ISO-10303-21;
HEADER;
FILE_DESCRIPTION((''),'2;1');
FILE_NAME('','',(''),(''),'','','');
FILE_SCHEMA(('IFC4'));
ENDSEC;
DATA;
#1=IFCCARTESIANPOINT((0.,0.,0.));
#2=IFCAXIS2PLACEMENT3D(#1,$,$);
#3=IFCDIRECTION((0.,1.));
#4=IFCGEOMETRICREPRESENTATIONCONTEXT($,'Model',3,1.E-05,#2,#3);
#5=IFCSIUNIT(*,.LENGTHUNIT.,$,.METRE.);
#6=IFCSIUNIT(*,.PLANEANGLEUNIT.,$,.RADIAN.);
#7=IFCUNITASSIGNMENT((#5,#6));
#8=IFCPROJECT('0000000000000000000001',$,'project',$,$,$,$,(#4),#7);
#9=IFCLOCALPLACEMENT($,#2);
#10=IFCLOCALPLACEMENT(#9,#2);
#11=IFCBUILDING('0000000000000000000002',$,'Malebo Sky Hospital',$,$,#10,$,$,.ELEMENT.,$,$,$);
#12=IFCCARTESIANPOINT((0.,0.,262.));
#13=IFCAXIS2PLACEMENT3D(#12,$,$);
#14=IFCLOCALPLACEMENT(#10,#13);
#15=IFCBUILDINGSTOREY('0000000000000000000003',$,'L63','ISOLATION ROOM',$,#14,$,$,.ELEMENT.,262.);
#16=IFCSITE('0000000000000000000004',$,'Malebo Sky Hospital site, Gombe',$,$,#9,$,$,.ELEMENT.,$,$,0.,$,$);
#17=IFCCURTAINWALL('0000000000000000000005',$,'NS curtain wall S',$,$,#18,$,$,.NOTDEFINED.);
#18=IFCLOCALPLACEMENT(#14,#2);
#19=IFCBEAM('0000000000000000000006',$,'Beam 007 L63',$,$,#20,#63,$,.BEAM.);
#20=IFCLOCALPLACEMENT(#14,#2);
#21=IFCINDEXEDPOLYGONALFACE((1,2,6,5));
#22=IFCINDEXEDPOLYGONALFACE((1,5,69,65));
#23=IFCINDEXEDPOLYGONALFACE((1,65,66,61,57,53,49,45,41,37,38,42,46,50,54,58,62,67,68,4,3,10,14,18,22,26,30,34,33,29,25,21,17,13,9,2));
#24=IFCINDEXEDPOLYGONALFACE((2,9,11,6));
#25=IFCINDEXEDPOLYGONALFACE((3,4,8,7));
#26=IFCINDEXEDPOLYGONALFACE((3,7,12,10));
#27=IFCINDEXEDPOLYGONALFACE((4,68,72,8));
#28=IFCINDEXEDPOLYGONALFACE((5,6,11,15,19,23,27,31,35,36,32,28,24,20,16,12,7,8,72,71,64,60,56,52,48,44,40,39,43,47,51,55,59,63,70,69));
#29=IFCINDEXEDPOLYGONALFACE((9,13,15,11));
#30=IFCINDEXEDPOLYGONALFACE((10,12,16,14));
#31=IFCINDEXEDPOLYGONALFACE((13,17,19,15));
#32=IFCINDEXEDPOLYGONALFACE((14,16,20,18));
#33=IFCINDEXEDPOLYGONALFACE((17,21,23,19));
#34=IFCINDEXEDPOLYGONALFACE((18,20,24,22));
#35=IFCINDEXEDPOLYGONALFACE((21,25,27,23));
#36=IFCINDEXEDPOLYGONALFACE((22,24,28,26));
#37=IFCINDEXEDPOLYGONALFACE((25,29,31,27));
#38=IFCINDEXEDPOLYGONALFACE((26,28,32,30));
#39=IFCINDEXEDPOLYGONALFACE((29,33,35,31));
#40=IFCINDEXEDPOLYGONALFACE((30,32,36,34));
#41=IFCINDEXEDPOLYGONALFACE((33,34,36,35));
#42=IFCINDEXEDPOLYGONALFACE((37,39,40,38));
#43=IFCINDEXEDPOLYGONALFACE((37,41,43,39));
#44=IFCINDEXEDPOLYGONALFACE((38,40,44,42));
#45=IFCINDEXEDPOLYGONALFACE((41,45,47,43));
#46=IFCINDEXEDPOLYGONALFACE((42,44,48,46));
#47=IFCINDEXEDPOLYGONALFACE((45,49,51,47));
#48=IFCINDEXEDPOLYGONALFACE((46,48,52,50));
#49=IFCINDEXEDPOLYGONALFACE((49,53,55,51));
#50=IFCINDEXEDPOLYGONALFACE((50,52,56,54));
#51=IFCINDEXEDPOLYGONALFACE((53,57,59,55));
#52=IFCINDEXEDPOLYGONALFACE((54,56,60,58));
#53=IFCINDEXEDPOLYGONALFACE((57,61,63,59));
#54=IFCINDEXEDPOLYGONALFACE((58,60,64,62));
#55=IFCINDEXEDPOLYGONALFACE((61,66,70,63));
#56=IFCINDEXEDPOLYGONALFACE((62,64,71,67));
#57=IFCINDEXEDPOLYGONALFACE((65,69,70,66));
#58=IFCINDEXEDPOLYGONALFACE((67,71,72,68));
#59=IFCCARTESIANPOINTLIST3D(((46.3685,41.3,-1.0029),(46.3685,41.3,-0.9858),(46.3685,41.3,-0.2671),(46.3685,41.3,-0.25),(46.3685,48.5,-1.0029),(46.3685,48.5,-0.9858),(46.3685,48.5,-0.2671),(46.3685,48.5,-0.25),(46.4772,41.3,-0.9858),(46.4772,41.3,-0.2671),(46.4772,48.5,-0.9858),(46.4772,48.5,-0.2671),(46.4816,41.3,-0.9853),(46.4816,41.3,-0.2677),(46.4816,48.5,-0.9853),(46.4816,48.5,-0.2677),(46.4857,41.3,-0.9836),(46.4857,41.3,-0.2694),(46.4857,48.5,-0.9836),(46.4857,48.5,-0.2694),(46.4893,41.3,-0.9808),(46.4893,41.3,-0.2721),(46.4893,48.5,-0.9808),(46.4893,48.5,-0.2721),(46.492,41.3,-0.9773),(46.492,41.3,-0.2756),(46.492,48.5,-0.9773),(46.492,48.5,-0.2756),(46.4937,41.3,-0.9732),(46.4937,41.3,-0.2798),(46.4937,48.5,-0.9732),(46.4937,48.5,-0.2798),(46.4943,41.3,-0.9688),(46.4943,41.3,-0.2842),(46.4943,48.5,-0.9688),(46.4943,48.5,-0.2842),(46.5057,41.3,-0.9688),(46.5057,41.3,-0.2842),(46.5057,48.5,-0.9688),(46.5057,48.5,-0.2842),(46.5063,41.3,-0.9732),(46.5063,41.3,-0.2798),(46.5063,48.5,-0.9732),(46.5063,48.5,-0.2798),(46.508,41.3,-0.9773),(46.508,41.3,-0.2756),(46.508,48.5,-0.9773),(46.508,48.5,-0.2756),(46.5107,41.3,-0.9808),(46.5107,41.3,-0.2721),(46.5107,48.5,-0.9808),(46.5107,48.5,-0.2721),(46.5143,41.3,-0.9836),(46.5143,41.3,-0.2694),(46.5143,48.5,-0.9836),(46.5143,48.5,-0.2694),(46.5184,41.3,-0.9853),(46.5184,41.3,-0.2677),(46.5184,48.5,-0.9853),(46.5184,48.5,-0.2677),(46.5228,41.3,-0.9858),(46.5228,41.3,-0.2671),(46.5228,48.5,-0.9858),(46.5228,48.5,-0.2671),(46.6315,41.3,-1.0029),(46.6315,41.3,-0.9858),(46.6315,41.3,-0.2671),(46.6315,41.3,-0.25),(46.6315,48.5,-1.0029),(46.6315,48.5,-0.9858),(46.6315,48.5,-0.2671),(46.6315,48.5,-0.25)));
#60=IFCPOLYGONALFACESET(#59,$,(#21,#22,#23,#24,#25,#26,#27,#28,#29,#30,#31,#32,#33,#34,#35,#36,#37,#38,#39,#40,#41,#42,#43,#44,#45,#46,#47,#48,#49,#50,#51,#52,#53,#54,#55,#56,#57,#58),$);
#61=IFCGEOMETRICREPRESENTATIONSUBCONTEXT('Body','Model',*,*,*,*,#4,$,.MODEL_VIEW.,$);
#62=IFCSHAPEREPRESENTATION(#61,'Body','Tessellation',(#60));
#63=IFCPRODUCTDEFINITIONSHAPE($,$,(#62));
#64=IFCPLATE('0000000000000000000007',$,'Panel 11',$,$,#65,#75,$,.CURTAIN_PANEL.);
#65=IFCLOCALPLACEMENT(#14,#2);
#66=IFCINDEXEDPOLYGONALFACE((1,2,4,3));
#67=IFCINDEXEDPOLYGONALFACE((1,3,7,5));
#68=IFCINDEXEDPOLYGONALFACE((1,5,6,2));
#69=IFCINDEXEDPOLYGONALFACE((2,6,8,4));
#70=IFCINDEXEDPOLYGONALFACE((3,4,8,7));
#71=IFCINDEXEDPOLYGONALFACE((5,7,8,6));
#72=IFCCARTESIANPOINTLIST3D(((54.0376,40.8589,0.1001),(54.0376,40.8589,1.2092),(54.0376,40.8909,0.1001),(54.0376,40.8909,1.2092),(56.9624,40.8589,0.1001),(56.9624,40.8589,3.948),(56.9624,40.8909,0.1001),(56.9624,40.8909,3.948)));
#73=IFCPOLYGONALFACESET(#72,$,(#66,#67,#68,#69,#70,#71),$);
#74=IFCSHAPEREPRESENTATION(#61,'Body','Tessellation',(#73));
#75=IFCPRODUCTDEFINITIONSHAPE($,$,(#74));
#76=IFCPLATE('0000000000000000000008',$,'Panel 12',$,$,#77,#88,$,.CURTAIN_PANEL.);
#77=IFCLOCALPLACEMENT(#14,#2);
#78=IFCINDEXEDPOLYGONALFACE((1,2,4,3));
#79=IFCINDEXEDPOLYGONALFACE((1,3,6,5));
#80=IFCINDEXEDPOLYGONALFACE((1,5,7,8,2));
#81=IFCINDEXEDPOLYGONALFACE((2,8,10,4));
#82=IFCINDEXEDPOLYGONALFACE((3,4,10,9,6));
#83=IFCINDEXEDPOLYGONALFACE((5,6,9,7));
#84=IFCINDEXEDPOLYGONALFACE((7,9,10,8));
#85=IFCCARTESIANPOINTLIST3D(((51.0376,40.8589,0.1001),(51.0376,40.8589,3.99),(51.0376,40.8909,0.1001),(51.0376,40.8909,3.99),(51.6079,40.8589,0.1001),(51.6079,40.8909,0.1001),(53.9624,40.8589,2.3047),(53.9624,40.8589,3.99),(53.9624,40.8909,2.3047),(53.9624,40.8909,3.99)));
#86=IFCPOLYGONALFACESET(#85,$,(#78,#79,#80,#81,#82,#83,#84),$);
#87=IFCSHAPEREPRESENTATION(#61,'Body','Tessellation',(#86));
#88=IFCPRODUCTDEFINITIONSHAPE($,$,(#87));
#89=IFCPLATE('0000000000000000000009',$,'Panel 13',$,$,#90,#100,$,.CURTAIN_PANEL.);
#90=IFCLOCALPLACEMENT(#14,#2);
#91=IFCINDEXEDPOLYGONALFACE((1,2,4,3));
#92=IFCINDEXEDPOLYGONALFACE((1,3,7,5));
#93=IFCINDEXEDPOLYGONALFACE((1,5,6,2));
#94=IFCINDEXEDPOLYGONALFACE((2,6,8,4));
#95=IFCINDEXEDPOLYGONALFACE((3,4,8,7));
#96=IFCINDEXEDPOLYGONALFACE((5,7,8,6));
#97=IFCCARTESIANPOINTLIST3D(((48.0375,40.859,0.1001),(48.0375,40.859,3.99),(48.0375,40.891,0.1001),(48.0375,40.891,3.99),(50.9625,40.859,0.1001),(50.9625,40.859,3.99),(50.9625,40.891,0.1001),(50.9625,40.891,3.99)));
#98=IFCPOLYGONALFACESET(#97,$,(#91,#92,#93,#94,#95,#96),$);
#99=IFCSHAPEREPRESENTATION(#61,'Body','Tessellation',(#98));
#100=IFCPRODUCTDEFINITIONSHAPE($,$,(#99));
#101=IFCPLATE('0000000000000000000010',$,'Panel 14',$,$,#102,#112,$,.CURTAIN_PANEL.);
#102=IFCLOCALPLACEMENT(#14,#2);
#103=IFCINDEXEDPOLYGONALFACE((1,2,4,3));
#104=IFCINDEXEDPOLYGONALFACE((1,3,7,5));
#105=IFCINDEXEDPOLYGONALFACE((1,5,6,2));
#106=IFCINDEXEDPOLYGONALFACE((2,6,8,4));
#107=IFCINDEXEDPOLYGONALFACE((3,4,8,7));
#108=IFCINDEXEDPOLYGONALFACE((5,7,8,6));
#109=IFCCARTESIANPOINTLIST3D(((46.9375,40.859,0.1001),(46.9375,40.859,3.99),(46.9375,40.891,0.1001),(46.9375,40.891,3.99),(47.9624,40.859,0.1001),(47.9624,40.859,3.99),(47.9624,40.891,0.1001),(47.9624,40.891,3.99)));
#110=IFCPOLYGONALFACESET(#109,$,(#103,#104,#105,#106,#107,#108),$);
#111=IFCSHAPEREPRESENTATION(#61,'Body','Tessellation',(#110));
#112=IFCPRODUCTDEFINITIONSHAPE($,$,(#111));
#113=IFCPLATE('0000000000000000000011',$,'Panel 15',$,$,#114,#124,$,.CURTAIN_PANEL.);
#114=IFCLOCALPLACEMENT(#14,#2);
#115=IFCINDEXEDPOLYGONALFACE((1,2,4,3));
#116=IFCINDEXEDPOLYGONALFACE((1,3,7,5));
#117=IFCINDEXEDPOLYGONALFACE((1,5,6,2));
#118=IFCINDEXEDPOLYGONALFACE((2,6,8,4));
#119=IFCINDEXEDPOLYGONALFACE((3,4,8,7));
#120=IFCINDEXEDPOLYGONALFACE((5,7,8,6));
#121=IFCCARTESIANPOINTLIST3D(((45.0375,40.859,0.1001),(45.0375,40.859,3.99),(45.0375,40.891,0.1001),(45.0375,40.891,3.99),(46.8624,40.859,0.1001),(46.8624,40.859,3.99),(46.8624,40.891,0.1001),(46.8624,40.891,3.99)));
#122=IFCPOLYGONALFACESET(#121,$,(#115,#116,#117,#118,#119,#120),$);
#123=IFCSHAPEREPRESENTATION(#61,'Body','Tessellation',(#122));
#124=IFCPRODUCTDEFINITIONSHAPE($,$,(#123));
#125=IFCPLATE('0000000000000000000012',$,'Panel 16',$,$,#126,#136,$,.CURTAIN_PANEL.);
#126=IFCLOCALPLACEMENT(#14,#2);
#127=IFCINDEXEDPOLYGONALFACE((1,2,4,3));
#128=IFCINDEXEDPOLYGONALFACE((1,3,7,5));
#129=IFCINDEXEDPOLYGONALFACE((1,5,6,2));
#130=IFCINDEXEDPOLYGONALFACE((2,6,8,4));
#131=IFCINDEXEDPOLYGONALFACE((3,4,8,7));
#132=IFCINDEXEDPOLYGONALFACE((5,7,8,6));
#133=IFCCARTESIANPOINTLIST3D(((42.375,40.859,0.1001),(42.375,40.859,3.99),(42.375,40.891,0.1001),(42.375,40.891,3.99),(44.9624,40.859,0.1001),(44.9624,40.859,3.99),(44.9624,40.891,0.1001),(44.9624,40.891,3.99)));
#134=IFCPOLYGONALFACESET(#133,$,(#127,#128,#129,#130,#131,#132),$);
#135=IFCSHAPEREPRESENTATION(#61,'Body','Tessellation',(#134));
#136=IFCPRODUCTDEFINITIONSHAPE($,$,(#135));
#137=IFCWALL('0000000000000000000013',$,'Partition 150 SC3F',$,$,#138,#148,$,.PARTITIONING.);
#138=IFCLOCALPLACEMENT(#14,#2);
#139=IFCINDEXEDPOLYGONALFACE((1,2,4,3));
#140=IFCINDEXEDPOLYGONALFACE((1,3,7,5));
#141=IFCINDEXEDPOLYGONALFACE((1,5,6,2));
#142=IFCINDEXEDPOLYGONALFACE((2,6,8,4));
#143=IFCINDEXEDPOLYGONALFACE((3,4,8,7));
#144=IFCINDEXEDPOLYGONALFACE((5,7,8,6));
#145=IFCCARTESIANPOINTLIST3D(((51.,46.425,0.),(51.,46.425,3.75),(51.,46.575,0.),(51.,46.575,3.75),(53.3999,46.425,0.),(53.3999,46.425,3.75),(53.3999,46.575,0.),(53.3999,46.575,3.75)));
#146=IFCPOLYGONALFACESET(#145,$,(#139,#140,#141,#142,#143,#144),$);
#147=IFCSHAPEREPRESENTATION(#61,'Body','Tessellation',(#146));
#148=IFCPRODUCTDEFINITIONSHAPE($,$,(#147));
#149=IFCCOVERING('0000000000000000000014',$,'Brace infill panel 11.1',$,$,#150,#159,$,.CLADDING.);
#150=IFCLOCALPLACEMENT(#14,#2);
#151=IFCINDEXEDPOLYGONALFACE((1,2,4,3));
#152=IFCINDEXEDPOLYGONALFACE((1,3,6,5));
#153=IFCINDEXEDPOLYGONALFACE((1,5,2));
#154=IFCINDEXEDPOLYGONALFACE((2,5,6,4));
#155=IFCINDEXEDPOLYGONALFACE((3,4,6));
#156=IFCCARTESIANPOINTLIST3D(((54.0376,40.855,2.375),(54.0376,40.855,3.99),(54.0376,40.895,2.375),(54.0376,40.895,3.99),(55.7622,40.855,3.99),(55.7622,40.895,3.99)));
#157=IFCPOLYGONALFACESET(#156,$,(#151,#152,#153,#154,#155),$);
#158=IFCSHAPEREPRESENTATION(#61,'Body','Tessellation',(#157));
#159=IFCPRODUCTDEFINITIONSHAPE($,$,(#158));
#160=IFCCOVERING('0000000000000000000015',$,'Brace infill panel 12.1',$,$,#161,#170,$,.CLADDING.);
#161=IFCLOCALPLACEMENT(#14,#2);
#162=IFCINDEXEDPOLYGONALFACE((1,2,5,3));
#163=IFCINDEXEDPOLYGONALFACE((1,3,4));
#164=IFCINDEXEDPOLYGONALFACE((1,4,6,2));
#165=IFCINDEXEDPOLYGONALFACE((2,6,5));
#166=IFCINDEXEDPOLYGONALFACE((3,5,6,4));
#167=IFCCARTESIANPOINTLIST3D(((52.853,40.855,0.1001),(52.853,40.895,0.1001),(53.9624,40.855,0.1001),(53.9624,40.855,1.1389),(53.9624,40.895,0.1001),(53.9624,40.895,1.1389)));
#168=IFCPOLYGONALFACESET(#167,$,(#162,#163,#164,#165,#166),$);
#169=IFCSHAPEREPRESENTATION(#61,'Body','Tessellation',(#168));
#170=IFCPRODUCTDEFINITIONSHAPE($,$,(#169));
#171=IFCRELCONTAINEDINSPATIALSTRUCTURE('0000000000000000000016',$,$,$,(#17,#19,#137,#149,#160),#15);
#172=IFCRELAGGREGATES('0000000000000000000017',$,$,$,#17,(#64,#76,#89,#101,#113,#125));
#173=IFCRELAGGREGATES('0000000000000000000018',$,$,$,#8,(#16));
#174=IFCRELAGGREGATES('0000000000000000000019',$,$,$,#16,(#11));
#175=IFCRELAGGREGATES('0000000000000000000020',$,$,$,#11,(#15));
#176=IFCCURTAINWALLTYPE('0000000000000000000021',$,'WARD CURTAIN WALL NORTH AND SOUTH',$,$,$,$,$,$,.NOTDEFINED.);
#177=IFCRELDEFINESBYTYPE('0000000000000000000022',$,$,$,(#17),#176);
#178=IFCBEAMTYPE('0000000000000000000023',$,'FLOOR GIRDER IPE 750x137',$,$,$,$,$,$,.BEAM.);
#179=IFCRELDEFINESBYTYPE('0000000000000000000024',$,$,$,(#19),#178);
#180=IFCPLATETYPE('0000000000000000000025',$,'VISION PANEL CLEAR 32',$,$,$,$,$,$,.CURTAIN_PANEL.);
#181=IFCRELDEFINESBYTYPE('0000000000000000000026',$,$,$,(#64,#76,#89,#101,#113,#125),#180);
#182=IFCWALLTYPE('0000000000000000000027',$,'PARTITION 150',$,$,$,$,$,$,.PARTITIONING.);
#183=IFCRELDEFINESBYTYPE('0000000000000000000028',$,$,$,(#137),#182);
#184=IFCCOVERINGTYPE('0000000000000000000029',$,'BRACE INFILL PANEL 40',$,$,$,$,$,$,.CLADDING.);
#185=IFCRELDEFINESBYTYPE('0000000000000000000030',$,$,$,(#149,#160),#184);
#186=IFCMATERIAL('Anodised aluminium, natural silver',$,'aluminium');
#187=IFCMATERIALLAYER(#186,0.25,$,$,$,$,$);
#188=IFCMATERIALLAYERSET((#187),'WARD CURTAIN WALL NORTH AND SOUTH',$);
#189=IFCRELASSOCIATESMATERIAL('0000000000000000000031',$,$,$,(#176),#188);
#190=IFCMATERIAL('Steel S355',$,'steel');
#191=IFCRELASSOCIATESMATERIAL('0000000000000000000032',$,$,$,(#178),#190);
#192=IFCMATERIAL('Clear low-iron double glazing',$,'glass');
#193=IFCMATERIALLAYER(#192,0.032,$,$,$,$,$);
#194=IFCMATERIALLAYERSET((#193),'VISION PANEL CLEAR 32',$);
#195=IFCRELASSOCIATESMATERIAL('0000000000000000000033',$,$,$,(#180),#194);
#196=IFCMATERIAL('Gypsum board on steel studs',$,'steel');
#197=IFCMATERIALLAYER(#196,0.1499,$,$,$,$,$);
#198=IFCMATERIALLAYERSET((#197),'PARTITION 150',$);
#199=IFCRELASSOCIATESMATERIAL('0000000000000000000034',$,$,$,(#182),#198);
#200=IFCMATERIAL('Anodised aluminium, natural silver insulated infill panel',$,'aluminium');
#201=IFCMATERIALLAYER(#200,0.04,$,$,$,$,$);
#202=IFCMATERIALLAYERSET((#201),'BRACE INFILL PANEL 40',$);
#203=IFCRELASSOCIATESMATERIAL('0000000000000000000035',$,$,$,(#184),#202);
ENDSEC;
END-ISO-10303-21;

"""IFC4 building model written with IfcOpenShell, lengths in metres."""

from ifc_helpers import new_model, si_unit, direction, frame, frame_2d, origin, origin_2d, place, context, subcontext, project, spatial, polyline, rectangle, i_section, outline, extrude, material, layer, layer_set, material_profile, profile_set, type_object, element, aggregate, save


model = new_model("IFC4")

# Units and contexts
model_context = context("Model", 3, precision=1e-05, world=origin(), true_north=direction((0.0, 1.0)))
body_context = subcontext(model_context, "Body", "Model", "MODEL_VIEW")
ifc_project = project(units=[si_unit("LENGTHUNIT", "METRE"), si_unit("PLANEANGLEUNIT", "RADIAN")], contexts=[model_context])

# Site, building, storey
site_placement = place(None, origin())
site = spatial("IfcSite", under=ifc_project, at=site_placement, Name="Malebo Sky Hospital site, Gombe", CompositionType="ELEMENT", RefElevation=0.0)
building_placement = place(site_placement, origin())
building = spatial("IfcBuilding", under=site, at=building_placement, Name="Malebo Sky Hospital", CompositionType="ELEMENT")
storey_placement = place(building_placement, frame((0.0, 0.0, 262.0)))
storey = spatial("IfcBuildingStorey", under=building, at=storey_placement, Name="L63", Description="ISOLATION ROOM", CompositionType="ELEMENT", Elevation=262.0)

# Curtain wall
ifc_material_1 = material(Name="Anodised aluminium, natural silver", Category="aluminium")
ifc_layer_1 = layer(ifc_material_1, 0.25)
ifc_layer_set_1 = layer_set([ifc_layer_1], Name="WARD CURTAIN WALL NORTH AND SOUTH")
curtain_wall_type = type_object("IfcCurtainWallType", Name="WARD CURTAIN WALL NORTH AND SOUTH", PredefinedType="NOTDEFINED", material=ifc_layer_set_1)
curtain_wall_placement = place(storey_placement, origin())
curtain_wall = element("IfcCurtainWall", 1, at=curtain_wall_placement, inside=storey, type_object=curtain_wall_type, Name="NS curtain wall S", PredefinedType="NOTDEFINED")

# Shared definitions
ifc_material_2 = material(Name="Steel S355", Category="steel")

# Beam
ifc_material_profile_1 = material_profile(ifc_material_2, i_section(OverallWidth=0.2629, OverallDepth=0.7529, WebThickness=0.0115, FlangeThickness=0.0171, FilletRadius=0.0171, at=origin_2d()), Name="IPE 750x137")
ifc_profile_set_1 = profile_set([ifc_material_profile_1], Name="Steel S355")
beam_type_1 = type_object("IfcBeamType", Name="FLOOR GIRDER IPE 750x137", PredefinedType="BEAM", material=ifc_profile_set_1)
beam_1_placement = place(storey_placement, frame((46.5, 41.3, -0.6265), z_axis=(0.0, 1.0, 0.0), x_axis=(-1.0, 0.0, 0.0)))
element("IfcBeam", 2, at=beam_1_placement, inside=storey, type_object=beam_type_1, Name="Beam 007 L63", PredefinedType="BEAM", context=body_context, shape_type="SweptSolid", body=[
    extrude(i_section(OverallWidth=0.2629, OverallDepth=0.7529, WebThickness=0.0115, FlangeThickness=0.0171, FilletRadius=0.0171, at=origin_2d()), origin(), (0.0, 0.0, 1.0), 7.2),
])

# Plates
ifc_material_3 = material(Name="Clear low-iron double glazing", Category="glass")
ifc_layer_2 = layer(ifc_material_3, 0.032)
ifc_layer_set_2 = layer_set([ifc_layer_2], Name="VISION PANEL CLEAR 32")
plate_type = type_object("IfcPlateType", Name="VISION PANEL CLEAR 32", PredefinedType="CURTAIN_PANEL", material=ifc_layer_set_2)
plate_1_placement = place(storey_placement, frame((55.5, 40.875, 0.1001), z_axis=(0.0, 0.0, 1.0), x_axis=(-1.0, 0.0, 0.0)))
plate_1 = element("IfcPlate", 3, at=plate_1_placement, type_object=plate_type, Name="Panel 11", PredefinedType="CURTAIN_PANEL", context=body_context, shape_type="SweptSolid", body=[
    extrude(outline(polyline([(-1.4624, 0.0), (1.4624, 0.0), (1.4624, 1.1091), (-1.4624, 3.8479), (-1.4624, 0.0)])), frame((0.0, 0.0161, 0.0), z_axis=(0.0, -1.0, 0.0), x_axis=(1.0, 0.0, 0.0)), (0.0, 0.0, 1.0), 0.032),
])
plate_2_placement = place(storey_placement, frame((52.5, 40.875, 0.1001), z_axis=(0.0, 0.0, 1.0), x_axis=(-1.0, 0.0, 0.0)))
plate_2 = element("IfcPlate", 4, at=plate_2_placement, type_object=plate_type, Name="Panel 12", PredefinedType="CURTAIN_PANEL", context=body_context, shape_type="SweptSolid", body=[
    extrude(outline(polyline([(0.8921, 0.0), (1.4624, 0.0), (1.4624, 3.8899), (-1.4624, 3.8899), (-1.4624, 2.2046), (0.8921, 0.0)])), frame((0.0, 0.0161, 0.0), z_axis=(0.0, -1.0, 0.0), x_axis=(1.0, 0.0, 0.0)), (0.0, 0.0, 1.0), 0.032),
])
plate_3_placement = place(storey_placement, frame((49.5, 40.875, 0.1001), z_axis=(0.0, 0.0, 1.0), x_axis=(-1.0, 0.0, 0.0)))
plate_3 = element("IfcPlate", 5, at=plate_3_placement, type_object=plate_type, Name="Panel 13", PredefinedType="CURTAIN_PANEL", context=body_context, shape_type="SweptSolid", body=[
    extrude(rectangle(XDim=2.925, YDim=0.032, at=origin_2d()), origin(), (0.0, 0.0, 1.0), 3.8899),
])
plate_4_placement = place(storey_placement, frame((47.45, 40.875, 0.1001), z_axis=(0.0, 0.0, 1.0), x_axis=(-1.0, 0.0, 0.0)))
plate_4 = element("IfcPlate", 6, at=plate_4_placement, type_object=plate_type, Name="Panel 14", PredefinedType="CURTAIN_PANEL", context=body_context, shape_type="SweptSolid", body=[
    extrude(rectangle(XDim=1.0249, YDim=0.032, at=origin_2d()), origin(), (0.0, 0.0, 1.0), 3.8899),
])
plate_5_placement = place(storey_placement, frame((45.95, 40.875, 0.1001), z_axis=(0.0, 0.0, 1.0), x_axis=(-1.0, 0.0, 0.0)))
plate_5 = element("IfcPlate", 7, at=plate_5_placement, type_object=plate_type, Name="Panel 15", PredefinedType="CURTAIN_PANEL", context=body_context, shape_type="SweptSolid", body=[
    extrude(rectangle(XDim=1.825, YDim=0.032, at=origin_2d()), origin(), (0.0, 0.0, 1.0), 3.8899),
])
plate_6_placement = place(storey_placement, frame((43.6687, 40.875, 0.1001), z_axis=(0.0, 0.0, 1.0), x_axis=(-1.0, 0.0, 0.0)))
plate_6 = element("IfcPlate", 8, at=plate_6_placement, type_object=plate_type, Name="Panel 16", PredefinedType="CURTAIN_PANEL", context=body_context, shape_type="SweptSolid", body=[
    extrude(rectangle(XDim=2.5874, YDim=0.032, at=origin_2d()), origin(), (0.0, 0.0, 1.0), 3.8899),
])
aggregate(curtain_wall, [plate_1, plate_2, plate_3, plate_4, plate_5, plate_6])

# Wall
ifc_material_4 = material(Name="Gypsum board on steel studs", Category="steel")
ifc_layer_3 = layer(ifc_material_4, 0.1499)
ifc_layer_set_3 = layer_set([ifc_layer_3], Name="PARTITION 150")
wall_type = type_object("IfcWallType", Name="PARTITION 150", PredefinedType="PARTITIONING", material=ifc_layer_set_3)
wall_placement = place(storey_placement, frame((53.3999, 46.5, 0.0), z_axis=(0.0, 0.0, 1.0), x_axis=(-1.0, 0.0, 0.0)))
element("IfcWall", 9, at=wall_placement, inside=storey, type_object=wall_type, Name="Partition 150 SC3F", PredefinedType="PARTITIONING", context=body_context, shape_type="SweptSolid", body=[
    extrude(rectangle(XDim=2.3999, YDim=0.1499, at=frame_2d((1.2, 0.0))), origin(), (0.0, 0.0, 1.0), 3.75),
])

# Coverings
ifc_material_5 = material(Name="Anodised aluminium, natural silver insulated infill panel", Category="aluminium")
ifc_layer_4 = layer(ifc_material_5, 0.04)
ifc_layer_set_4 = layer_set([ifc_layer_4], Name="BRACE INFILL PANEL 40")
covering_type = type_object("IfcCoveringType", Name="BRACE INFILL PANEL 40", PredefinedType="CLADDING", material=ifc_layer_set_4)
covering_1_placement = place(storey_placement, frame((54.8999, 40.875, 2.375), z_axis=(0.0, 0.0, 1.0), x_axis=(-1.0, 0.0, 0.0)))
element("IfcCovering", 10, at=covering_1_placement, inside=storey, type_object=covering_type, Name="Brace infill panel 11.1", PredefinedType="CLADDING", context=body_context, shape_type="SweptSolid", body=[
    extrude(outline(polyline([(0.8623, 0.0), (0.8623, 1.615), (-0.8623, 1.615), (0.8623, 0.0)])), frame((0.0, 0.02, 0.0), z_axis=(0.0, -1.0, 0.0), x_axis=(1.0, 0.0, 0.0)), (0.0, 0.0, 1.0), 0.04),
])
covering_2_placement = place(storey_placement, frame((53.4077, 40.875, 0.1001), z_axis=(0.0, 0.0, 1.0), x_axis=(-1.0, 0.0, 0.0)))
element("IfcCovering", 11, at=covering_2_placement, inside=storey, type_object=covering_type, Name="Brace infill panel 12.1", PredefinedType="CLADDING", context=body_context, shape_type="SweptSolid", body=[
    extrude(outline(polyline([(-0.5547, 0.0), (0.5547, 0.0), (-0.5547, 1.0388), (-0.5547, 0.0)])), frame((0.0, 0.02, 0.0), z_axis=(0.0, -1.0, 0.0), x_axis=(1.0, 0.0, 0.0)), (0.0, 0.0, 1.0), 0.04),
])

save(model, "model.ifc")
